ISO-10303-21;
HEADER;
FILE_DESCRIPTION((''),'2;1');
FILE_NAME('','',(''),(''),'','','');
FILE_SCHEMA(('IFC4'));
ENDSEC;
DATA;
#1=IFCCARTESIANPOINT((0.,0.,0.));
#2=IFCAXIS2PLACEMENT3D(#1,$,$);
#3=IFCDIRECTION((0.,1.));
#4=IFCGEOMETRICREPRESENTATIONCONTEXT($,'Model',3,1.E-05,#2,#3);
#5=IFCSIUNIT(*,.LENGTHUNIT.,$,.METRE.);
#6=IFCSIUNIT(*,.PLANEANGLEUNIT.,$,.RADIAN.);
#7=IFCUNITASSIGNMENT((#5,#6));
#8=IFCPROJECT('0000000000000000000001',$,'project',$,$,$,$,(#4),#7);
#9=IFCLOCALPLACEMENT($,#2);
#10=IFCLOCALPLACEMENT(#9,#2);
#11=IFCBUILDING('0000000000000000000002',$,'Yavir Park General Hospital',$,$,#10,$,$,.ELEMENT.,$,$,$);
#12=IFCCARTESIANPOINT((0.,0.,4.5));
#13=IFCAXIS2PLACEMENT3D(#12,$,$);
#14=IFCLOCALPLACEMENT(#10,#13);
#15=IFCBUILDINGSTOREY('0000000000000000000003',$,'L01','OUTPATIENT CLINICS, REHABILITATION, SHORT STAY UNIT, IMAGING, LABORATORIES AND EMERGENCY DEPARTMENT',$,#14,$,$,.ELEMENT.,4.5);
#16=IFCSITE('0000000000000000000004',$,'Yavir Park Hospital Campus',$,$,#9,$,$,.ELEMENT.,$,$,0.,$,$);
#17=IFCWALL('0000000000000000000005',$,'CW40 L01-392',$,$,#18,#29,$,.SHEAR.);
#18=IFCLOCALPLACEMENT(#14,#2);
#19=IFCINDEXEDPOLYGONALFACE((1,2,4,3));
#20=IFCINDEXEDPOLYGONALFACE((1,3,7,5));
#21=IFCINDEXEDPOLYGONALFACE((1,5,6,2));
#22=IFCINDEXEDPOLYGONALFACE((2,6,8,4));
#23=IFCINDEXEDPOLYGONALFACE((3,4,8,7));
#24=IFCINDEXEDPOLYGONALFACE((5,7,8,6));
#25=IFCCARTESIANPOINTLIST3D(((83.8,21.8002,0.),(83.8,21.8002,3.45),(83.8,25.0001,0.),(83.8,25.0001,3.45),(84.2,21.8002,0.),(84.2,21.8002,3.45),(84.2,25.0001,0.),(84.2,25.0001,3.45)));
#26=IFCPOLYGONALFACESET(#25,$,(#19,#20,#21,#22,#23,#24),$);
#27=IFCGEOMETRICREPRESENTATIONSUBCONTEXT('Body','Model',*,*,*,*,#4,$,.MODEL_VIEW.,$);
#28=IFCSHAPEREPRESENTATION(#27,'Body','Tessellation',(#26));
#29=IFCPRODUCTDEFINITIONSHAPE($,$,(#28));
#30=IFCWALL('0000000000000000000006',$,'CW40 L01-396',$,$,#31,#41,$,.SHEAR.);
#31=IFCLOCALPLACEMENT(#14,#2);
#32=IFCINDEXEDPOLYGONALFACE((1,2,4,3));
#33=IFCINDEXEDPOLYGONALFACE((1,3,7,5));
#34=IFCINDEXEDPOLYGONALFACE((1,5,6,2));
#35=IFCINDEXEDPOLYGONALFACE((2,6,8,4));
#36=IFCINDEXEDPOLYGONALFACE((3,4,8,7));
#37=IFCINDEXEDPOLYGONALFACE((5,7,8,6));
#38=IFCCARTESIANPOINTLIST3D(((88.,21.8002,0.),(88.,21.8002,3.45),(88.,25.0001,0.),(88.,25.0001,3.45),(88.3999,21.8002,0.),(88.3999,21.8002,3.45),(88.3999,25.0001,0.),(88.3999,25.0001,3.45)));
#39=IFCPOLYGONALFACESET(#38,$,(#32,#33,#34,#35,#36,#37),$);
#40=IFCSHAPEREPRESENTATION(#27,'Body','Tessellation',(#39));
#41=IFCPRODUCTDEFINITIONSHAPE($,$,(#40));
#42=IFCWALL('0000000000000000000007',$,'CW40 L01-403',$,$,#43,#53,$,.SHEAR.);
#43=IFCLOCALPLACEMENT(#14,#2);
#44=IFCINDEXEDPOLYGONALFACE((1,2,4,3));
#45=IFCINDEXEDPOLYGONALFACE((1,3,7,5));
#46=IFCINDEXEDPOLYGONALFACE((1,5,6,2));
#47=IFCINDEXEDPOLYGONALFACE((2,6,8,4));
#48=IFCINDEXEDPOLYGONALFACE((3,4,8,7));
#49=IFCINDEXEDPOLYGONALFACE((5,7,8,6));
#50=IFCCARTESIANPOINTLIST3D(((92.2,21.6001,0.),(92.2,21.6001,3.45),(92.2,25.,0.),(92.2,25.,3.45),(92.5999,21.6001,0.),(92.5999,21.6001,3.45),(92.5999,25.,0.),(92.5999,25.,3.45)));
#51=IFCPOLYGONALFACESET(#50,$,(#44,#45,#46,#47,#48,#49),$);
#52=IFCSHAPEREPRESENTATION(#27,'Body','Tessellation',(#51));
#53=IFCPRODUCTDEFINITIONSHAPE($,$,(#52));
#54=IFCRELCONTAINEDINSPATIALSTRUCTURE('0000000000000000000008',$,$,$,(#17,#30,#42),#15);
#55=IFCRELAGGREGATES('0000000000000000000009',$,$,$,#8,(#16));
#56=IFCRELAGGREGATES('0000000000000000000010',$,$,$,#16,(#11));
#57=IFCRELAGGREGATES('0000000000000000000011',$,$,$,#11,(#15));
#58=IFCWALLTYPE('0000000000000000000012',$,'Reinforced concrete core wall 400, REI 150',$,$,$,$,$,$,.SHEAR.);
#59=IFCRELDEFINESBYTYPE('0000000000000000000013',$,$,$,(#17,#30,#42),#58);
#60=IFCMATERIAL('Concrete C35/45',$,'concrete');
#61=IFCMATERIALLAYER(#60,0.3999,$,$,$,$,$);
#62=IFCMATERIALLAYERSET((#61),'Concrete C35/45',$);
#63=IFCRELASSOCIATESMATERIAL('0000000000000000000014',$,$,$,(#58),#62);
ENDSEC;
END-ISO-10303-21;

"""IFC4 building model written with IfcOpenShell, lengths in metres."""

from ifc_helpers import new_model, si_unit, direction, frame, frame_2d, origin, place, context, subcontext, project, spatial, rectangle, extrude, material, layer, layer_set, type_object, element, save


model = new_model("IFC4")

# Units and contexts
model_context = context("Model", 3, precision=1e-05, world=origin(), true_north=direction((0.0, 1.0)))
body_context = subcontext(model_context, "Body", "Model", "MODEL_VIEW")
ifc_project = project(units=[si_unit("LENGTHUNIT", "METRE"), si_unit("PLANEANGLEUNIT", "RADIAN")], contexts=[model_context])

# Site, building, storey
site_placement = place(None, origin())
site = spatial("IfcSite", under=ifc_project, at=site_placement, Name="Yavir Park Hospital Campus", CompositionType="ELEMENT", RefElevation=0.0)
building_placement = place(site_placement, origin())
building = spatial("IfcBuilding", under=site, at=building_placement, Name="Yavir Park General Hospital", CompositionType="ELEMENT")
storey_placement = place(building_placement, frame((0.0, 0.0, 4.5)))
storey = spatial("IfcBuildingStorey", under=building, at=storey_placement, Name="L01", Description="OUTPATIENT CLINICS, REHABILITATION, SHORT STAY UNIT, IMAGING, LABORATORIES AND EMERGENCY DEPARTMENT", CompositionType="ELEMENT", Elevation=4.5)

# Walls
ifc_material_1 = material(Name="Concrete C35/45", Category="concrete")
ifc_layer_1 = layer(ifc_material_1, 0.3999)
ifc_layer_set_1 = layer_set([ifc_layer_1], Name="Concrete C35/45")
wall_type_1 = type_object("IfcWallType", Name="Reinforced concrete core wall 400, REI 150", PredefinedType="SHEAR", material=ifc_layer_set_1)
for number, where, z_axis, x_axis, name in (
    (1, (84.0, 21.8, 0.0), (0.0, 0.0, 1.0), (0.0, 1.0, 0.0), "CW40 L01-392"),
    (2, (88.2, 21.8, 0.0), (0.0, 0.0, 1.0), (0.0, 1.0, 0.0), "CW40 L01-396"),
):
    element("IfcWall", number, at=place(storey_placement, frame(where, z_axis=z_axis, x_axis=x_axis)), inside=storey, type_object=wall_type_1, Name=name, PredefinedType="SHEAR", context=body_context, shape_type="SweptSolid", body=[
        extrude(rectangle(XDim=3.2, YDim=0.3999, at=frame_2d((1.6001, 0.0))), origin(), (0.0, 0.0, 1.0), 3.45),
    ])
wall_1_placement = place(storey_placement, frame((92.3999, 21.6001, 0.0), z_axis=(0.0, 0.0, 1.0), x_axis=(0.0, 1.0, 0.0)))
element("IfcWall", 3, at=wall_1_placement, inside=storey, type_object=wall_type_1, Name="CW40 L01-403", PredefinedType="SHEAR", context=body_context, shape_type="SweptSolid", body=[
    extrude(rectangle(XDim=3.3999, YDim=0.3999, at=frame_2d((1.7, 0.0))), origin(), (0.0, 0.0, 1.0), 3.45),
])

save(model, "model.ifc")
